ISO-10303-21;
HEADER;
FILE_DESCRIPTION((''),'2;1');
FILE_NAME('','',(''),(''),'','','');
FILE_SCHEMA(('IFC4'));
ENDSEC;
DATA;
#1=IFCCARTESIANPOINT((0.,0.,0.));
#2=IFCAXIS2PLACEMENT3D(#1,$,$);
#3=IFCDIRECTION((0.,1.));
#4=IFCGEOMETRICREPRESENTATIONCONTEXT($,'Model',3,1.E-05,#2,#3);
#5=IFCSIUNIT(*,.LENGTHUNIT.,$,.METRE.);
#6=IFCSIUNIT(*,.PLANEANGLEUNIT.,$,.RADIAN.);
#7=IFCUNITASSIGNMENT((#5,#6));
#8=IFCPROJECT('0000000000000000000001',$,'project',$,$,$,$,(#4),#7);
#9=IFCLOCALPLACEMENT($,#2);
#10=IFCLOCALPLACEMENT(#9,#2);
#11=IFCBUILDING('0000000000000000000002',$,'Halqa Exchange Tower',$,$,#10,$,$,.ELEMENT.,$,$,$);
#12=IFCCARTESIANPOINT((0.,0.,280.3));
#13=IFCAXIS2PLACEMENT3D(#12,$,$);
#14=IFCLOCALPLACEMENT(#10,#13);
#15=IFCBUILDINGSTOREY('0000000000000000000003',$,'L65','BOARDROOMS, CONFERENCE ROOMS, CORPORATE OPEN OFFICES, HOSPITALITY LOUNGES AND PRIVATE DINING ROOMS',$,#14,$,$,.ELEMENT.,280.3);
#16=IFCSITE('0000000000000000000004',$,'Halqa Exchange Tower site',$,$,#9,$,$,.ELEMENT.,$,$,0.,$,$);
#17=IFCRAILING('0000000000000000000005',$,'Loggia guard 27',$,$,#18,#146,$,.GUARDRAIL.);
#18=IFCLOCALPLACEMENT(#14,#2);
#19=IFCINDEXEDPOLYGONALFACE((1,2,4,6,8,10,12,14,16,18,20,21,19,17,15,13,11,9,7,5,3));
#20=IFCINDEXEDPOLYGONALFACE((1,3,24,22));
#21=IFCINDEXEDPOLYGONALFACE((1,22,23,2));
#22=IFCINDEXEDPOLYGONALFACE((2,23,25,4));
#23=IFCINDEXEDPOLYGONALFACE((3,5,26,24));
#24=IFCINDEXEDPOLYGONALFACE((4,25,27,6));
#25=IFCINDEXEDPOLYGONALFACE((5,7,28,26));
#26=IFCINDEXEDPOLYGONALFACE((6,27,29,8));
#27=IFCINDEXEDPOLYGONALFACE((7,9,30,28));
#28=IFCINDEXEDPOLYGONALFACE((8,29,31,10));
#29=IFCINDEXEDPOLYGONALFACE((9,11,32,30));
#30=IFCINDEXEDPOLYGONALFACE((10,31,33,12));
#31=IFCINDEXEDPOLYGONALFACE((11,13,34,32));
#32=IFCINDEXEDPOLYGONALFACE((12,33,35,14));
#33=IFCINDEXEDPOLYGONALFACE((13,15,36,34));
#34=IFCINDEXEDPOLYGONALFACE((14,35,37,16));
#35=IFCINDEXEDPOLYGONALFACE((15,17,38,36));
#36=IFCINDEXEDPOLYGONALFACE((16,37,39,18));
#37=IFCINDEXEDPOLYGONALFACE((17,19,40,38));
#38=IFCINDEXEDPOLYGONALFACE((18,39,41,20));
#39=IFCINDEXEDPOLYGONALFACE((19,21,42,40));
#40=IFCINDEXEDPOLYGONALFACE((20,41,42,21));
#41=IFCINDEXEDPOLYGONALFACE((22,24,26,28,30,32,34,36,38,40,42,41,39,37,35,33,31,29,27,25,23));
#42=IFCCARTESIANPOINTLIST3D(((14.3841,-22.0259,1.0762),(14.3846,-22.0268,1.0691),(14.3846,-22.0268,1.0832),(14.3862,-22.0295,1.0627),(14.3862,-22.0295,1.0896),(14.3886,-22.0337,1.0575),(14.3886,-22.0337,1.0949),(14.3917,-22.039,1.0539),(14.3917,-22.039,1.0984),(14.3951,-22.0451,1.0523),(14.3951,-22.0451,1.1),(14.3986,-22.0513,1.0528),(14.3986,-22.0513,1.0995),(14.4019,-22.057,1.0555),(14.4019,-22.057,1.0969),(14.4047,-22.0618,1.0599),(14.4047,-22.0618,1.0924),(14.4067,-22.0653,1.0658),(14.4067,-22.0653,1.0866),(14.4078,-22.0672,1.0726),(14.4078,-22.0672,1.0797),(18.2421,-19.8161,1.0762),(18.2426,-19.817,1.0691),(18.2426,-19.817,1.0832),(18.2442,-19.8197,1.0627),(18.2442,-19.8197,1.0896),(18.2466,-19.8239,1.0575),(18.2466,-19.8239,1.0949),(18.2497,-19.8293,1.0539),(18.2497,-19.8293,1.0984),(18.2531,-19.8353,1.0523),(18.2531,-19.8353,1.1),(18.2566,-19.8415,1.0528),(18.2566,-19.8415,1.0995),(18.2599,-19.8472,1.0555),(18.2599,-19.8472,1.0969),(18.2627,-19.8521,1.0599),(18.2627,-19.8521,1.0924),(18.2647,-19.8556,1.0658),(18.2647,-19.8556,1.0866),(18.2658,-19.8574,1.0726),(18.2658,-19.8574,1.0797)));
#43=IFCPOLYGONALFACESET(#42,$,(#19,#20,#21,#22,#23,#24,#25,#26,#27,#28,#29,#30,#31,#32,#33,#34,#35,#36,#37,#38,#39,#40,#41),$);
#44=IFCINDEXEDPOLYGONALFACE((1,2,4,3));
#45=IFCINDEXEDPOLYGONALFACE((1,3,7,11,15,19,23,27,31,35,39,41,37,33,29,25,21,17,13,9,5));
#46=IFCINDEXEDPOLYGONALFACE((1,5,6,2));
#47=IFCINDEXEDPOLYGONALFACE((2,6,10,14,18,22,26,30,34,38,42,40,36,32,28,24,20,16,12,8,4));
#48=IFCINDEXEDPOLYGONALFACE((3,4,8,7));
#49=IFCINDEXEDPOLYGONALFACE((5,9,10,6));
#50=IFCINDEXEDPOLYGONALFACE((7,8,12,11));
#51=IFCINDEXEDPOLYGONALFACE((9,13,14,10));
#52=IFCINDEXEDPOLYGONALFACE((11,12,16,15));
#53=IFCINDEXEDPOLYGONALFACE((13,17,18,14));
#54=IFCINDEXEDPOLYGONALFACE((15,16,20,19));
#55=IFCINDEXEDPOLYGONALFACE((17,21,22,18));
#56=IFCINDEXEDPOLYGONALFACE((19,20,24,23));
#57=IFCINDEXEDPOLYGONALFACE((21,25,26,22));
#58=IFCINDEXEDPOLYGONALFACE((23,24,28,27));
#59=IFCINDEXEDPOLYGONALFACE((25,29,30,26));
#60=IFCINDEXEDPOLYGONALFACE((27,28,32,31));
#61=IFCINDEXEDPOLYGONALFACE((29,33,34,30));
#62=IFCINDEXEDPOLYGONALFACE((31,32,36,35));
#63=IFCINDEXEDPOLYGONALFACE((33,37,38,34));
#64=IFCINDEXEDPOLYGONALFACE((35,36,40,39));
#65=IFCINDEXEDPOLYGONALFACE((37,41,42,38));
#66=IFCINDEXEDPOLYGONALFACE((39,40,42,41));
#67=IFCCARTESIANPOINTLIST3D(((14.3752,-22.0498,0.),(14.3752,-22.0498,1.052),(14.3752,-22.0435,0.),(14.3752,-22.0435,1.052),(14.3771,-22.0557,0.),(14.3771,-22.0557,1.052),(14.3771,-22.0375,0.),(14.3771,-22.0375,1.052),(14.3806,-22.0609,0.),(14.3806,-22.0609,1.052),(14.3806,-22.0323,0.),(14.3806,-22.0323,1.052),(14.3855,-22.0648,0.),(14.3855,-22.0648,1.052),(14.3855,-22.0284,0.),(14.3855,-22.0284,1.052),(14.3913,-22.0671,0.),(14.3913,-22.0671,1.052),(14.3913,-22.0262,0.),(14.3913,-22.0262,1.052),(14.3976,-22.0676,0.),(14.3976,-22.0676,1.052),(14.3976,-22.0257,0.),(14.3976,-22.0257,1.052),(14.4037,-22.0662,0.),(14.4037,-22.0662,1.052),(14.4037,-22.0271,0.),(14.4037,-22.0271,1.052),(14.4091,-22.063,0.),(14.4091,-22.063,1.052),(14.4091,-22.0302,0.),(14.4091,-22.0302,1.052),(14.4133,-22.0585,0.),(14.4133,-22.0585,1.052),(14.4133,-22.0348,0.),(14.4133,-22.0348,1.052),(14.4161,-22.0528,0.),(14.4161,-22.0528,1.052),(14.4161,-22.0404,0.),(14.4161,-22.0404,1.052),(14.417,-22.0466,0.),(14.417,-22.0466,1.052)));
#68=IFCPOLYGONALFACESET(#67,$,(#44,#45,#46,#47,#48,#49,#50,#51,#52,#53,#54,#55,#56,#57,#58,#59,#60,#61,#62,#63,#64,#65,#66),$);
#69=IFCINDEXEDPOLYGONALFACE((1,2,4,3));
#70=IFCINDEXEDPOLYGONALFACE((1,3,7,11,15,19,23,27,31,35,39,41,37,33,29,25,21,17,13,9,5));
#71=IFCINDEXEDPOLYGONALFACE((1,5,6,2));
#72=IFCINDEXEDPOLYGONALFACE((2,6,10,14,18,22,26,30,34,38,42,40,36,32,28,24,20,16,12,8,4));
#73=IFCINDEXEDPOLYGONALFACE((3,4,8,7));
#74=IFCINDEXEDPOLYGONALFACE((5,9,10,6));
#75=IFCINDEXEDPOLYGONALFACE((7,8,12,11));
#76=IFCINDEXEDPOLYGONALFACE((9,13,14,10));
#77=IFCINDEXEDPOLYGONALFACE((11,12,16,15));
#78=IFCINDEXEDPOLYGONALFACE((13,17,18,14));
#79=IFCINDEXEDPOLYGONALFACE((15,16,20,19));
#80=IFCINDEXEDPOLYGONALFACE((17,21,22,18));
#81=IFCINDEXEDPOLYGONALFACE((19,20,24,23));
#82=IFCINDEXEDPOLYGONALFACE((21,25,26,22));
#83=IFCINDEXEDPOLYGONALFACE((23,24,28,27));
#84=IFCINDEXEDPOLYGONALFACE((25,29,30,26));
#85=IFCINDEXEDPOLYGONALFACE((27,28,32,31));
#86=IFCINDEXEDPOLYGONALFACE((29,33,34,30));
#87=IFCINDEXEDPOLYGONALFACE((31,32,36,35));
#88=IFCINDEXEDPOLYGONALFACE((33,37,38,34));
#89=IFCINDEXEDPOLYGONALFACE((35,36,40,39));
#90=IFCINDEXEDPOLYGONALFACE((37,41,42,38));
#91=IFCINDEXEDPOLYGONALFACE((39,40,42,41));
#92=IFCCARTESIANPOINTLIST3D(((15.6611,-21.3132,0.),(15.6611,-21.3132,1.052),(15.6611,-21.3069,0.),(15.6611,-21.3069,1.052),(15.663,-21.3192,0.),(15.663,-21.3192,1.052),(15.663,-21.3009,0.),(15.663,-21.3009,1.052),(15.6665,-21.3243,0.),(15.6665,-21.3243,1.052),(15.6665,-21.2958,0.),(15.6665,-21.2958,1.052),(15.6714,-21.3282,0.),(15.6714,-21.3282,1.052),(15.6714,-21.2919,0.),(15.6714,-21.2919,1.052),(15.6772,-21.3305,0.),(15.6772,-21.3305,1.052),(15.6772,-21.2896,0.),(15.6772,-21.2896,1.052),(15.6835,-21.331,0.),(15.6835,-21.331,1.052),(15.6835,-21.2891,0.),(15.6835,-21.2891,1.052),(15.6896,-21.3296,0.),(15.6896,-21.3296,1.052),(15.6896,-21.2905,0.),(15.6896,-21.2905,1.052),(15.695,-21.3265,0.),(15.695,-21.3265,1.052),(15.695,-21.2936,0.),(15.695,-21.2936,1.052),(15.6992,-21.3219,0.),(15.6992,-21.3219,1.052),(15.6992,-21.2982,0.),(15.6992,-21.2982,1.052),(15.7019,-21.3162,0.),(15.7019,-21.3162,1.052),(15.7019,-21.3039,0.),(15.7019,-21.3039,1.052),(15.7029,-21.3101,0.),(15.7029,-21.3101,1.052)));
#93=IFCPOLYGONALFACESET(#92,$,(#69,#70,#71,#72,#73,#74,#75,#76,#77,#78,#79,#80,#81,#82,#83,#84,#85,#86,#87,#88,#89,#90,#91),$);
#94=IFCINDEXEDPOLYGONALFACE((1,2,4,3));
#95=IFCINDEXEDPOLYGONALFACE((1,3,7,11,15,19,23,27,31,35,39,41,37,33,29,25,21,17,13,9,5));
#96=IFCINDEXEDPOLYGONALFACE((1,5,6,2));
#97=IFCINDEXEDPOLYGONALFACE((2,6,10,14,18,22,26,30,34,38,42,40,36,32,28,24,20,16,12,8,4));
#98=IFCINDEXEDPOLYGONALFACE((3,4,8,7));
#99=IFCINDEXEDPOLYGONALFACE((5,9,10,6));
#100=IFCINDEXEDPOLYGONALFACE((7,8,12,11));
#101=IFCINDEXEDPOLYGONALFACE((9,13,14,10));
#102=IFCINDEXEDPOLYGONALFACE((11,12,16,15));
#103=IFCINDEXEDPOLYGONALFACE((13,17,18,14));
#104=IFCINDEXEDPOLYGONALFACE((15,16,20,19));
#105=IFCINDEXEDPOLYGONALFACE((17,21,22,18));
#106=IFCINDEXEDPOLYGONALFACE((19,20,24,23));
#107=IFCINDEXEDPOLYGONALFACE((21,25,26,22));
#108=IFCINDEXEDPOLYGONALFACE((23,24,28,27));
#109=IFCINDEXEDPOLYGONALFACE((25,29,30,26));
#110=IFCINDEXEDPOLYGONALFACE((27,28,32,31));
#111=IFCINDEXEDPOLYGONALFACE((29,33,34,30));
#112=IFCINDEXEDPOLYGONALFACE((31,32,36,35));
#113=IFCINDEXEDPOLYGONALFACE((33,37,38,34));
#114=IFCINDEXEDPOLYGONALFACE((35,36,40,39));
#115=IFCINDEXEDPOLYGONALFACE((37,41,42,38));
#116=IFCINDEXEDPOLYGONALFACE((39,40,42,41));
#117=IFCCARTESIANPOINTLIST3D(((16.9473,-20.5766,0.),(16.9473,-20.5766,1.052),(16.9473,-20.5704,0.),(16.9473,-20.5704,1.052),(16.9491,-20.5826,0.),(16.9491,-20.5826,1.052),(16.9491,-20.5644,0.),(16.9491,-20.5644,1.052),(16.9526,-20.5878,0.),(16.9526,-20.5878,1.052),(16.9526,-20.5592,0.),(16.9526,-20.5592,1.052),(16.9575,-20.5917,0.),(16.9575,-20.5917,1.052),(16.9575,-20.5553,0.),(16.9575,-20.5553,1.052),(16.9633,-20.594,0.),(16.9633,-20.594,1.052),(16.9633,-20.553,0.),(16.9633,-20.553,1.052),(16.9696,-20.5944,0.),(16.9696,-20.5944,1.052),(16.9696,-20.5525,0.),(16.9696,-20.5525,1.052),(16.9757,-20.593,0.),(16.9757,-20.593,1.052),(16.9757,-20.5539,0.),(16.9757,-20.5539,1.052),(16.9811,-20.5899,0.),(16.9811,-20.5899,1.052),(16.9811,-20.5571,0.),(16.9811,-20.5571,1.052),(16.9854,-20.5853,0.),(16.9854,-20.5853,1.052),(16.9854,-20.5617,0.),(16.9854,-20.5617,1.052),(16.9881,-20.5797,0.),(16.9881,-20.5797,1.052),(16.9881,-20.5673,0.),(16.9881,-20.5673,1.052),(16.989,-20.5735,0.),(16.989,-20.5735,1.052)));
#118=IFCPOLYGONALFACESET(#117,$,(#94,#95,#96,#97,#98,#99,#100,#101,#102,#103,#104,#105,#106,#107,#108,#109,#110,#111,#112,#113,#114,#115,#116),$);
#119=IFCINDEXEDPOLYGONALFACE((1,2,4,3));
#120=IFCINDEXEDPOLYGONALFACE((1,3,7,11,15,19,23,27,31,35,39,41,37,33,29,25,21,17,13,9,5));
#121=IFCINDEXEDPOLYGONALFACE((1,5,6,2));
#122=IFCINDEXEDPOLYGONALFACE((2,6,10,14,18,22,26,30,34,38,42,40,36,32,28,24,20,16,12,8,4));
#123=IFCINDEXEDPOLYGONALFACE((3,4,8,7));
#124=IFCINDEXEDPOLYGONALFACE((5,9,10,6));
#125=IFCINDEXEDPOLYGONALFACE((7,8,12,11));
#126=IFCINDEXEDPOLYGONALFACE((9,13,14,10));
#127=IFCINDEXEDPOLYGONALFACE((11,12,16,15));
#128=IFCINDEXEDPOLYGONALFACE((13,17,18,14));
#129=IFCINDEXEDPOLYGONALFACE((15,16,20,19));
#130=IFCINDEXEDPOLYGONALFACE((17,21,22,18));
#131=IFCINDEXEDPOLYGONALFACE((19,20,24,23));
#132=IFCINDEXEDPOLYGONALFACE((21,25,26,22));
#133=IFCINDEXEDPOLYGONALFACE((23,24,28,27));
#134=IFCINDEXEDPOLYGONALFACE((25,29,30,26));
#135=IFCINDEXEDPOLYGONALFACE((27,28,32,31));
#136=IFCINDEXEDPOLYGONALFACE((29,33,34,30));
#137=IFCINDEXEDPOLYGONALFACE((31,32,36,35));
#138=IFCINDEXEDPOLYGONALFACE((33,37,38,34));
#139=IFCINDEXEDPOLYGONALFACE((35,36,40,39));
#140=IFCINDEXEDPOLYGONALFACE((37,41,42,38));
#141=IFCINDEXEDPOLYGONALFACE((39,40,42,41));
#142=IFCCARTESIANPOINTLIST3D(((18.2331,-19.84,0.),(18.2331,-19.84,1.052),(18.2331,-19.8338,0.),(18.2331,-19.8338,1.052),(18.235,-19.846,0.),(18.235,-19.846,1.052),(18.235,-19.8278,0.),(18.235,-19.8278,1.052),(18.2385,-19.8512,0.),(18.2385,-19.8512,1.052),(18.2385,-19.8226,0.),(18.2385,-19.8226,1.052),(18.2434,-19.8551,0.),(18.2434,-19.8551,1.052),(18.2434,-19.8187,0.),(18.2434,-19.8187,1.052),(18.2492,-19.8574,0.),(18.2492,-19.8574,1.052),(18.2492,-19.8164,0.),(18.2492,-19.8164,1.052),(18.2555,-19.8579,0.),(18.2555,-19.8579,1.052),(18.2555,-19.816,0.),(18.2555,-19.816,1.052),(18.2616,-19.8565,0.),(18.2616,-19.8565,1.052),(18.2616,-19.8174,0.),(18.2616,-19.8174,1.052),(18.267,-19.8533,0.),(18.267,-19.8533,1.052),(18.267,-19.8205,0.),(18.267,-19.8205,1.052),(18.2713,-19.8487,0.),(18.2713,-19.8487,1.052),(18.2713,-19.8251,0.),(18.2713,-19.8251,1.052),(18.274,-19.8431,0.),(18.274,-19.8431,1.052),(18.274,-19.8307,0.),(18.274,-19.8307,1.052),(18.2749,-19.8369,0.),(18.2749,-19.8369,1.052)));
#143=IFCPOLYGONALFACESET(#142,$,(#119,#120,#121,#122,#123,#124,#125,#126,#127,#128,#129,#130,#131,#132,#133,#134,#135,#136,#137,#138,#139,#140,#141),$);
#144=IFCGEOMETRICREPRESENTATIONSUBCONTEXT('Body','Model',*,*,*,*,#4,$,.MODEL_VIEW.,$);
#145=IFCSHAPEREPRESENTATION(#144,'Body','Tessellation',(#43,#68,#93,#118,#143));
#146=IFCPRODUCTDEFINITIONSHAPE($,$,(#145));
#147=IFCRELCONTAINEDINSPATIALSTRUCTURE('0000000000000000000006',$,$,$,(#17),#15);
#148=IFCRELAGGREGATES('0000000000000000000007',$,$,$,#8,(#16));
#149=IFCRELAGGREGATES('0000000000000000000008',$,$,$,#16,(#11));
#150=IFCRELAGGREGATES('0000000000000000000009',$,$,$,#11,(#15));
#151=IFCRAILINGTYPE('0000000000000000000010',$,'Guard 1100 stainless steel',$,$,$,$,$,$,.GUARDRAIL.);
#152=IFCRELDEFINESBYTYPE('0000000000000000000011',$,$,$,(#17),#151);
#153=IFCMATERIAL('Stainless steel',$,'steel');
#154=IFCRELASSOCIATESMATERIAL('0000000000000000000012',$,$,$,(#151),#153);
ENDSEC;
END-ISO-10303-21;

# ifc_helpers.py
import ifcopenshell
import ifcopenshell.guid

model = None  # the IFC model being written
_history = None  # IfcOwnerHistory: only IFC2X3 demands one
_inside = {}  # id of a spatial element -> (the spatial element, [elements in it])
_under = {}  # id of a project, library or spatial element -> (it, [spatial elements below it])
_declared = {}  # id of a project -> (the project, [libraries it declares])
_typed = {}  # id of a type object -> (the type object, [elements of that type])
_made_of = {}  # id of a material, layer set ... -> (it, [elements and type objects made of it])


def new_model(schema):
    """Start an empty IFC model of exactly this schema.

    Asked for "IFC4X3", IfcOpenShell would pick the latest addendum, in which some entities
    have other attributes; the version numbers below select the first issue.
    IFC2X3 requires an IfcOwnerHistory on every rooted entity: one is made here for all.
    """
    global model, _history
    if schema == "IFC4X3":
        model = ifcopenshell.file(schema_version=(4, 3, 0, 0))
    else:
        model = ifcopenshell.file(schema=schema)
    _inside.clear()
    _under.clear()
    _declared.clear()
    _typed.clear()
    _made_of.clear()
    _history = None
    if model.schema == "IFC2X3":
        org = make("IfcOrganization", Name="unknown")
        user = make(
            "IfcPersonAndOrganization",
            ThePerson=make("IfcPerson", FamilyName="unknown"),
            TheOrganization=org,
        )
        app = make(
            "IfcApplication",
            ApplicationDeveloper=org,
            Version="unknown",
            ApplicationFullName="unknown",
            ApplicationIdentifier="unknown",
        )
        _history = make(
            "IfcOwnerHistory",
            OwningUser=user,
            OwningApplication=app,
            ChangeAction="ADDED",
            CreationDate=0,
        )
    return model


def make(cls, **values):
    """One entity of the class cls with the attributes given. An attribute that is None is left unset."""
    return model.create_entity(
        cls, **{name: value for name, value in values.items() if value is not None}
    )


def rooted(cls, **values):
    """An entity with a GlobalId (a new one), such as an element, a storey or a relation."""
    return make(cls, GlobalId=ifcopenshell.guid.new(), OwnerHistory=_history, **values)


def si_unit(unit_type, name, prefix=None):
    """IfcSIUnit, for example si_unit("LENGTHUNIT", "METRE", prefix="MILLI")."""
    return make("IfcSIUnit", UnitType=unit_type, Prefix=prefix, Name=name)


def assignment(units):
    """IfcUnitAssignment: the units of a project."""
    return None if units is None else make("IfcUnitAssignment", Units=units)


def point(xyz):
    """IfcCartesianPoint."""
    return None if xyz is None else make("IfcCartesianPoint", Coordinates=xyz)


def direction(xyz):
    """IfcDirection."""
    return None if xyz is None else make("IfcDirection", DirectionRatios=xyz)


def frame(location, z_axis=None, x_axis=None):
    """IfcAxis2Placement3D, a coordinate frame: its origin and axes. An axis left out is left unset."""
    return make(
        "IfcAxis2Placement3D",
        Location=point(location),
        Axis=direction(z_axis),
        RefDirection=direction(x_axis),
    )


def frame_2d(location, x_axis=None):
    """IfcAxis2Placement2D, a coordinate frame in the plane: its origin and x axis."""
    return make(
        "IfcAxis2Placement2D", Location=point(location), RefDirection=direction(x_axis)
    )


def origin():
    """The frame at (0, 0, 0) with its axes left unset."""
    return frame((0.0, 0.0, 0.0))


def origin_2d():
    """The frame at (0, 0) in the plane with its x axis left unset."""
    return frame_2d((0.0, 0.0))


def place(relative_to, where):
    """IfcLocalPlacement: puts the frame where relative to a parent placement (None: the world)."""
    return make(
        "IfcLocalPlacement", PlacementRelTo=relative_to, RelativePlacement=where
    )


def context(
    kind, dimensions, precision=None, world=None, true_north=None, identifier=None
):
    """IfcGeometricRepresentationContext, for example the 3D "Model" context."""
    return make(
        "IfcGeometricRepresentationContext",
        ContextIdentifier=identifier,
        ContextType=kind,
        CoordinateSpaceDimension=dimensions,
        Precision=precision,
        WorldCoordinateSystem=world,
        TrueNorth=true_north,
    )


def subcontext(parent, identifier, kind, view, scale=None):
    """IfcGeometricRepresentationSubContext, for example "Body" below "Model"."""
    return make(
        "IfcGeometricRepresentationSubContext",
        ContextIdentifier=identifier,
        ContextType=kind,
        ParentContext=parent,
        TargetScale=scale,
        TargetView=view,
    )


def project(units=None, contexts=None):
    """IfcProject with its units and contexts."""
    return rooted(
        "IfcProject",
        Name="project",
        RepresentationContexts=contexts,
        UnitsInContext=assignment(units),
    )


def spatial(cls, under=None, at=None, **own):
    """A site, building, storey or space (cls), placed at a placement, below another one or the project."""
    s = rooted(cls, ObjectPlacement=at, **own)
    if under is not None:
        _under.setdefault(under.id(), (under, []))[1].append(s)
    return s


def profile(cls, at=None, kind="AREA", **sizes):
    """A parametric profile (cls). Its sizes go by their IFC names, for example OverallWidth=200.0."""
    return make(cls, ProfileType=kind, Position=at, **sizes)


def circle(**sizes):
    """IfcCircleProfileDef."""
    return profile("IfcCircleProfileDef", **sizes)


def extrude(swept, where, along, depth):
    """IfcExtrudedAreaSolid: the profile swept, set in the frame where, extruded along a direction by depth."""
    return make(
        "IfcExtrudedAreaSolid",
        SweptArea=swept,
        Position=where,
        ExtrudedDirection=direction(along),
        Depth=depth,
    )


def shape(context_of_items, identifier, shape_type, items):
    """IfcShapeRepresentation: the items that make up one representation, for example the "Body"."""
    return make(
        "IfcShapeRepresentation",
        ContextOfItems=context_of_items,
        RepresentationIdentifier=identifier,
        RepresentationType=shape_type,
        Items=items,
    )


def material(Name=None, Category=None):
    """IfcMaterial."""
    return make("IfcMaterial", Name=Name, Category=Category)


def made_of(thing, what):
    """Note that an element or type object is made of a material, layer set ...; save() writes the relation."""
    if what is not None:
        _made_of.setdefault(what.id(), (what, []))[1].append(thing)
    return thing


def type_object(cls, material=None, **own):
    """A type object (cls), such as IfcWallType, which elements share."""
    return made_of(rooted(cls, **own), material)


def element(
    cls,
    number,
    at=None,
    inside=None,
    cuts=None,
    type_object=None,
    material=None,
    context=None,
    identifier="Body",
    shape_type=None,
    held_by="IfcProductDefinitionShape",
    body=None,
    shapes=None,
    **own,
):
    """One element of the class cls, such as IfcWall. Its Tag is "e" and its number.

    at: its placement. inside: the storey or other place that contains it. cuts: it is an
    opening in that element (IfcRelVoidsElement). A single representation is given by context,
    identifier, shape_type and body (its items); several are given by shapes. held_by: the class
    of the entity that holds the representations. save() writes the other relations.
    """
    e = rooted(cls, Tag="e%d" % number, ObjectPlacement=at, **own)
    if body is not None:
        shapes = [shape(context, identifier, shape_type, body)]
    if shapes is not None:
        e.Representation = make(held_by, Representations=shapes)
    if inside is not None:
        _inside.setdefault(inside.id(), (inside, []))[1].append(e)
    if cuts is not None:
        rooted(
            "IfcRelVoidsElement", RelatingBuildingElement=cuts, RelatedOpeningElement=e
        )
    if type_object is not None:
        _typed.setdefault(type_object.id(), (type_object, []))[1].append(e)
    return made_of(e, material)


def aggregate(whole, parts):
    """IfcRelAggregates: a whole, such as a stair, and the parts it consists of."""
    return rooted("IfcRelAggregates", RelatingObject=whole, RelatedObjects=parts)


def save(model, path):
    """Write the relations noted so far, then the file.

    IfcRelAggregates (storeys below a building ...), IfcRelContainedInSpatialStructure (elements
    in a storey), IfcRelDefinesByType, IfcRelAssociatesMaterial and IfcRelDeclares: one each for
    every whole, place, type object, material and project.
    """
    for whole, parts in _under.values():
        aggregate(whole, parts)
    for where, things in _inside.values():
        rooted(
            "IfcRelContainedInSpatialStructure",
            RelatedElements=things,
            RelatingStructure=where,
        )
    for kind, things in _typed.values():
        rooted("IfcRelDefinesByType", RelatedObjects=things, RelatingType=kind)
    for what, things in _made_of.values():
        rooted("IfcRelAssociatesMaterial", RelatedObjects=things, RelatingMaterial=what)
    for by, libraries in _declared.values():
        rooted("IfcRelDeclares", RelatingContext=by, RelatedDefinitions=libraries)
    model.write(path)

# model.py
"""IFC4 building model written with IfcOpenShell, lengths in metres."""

from ifc_helpers import new_model, si_unit, direction, frame, origin, origin_2d, place, context, subcontext, project, spatial, circle, extrude, material, type_object, element, save


model = new_model("IFC4")

# Units and contexts
model_context = context("Model", 3, precision=1e-05, world=origin(), true_north=direction((0.0, 1.0)))
body_context = subcontext(model_context, "Body", "Model", "MODEL_VIEW")
ifc_project = project(units=[si_unit("LENGTHUNIT", "METRE"), si_unit("PLANEANGLEUNIT", "RADIAN")], contexts=[model_context])

# Site, building, storey
site_placement = place(None, origin())
site = spatial("IfcSite", under=ifc_project, at=site_placement, Name="Halqa Exchange Tower site", CompositionType="ELEMENT", RefElevation=0.0)
building_placement = place(site_placement, origin())
building = spatial("IfcBuilding", under=site, at=building_placement, Name="Halqa Exchange Tower", CompositionType="ELEMENT")
storey_placement = place(building_placement, frame((0.0, 0.0, 280.3)))
storey = spatial("IfcBuildingStorey", under=building, at=storey_placement, Name="L65", Description="BOARDROOMS, CONFERENCE ROOMS, CORPORATE OPEN OFFICES, HOSPITALITY LOUNGES AND PRIVATE DINING ROOMS", CompositionType="ELEMENT", Elevation=280.3)

# Railing
ifc_material_1 = material(Name="Stainless steel", Category="steel")
railing_type = type_object("IfcRailingType", Name="Guard 1100 stainless steel", PredefinedType="GUARDRAIL", material=ifc_material_1)
railing_1_placement = place(storey_placement, frame((14.396, -22.0466, 0.0)))
element("IfcRailing", 1, at=railing_1_placement, inside=storey, type_object=railing_type, Name="Loggia guard 27", PredefinedType="GUARDRAIL", context=body_context, shape_type="SweptSolid", body=[
    extrude(circle(Radius=0.0239, at=origin_2d()), frame((0.0, 0.0, 1.0762), z_axis=(0.867739, 0.49702, 0.0), x_axis=(-0.49702, 0.867739, 0.0)), (0.0, 0.0, 1.0), 4.446),
    extrude(circle(Radius=0.021, at=origin_2d()), origin(), (0.0, 0.0, 1.0), 1.052),
    extrude(circle(Radius=0.021, at=origin_2d()), frame((1.2859, 0.7366, 0.0)), (0.0, 0.0, 1.0), 1.052),
    extrude(circle(Radius=0.021, at=origin_2d()), frame((2.572, 1.4731, 0.0)), (0.0, 0.0, 1.0), 1.052),
    extrude(circle(Radius=0.021, at=origin_2d()), frame((3.8579, 2.2097, 0.0)), (0.0, 0.0, 1.0), 1.052),
])

save(model, "model.ifc")
